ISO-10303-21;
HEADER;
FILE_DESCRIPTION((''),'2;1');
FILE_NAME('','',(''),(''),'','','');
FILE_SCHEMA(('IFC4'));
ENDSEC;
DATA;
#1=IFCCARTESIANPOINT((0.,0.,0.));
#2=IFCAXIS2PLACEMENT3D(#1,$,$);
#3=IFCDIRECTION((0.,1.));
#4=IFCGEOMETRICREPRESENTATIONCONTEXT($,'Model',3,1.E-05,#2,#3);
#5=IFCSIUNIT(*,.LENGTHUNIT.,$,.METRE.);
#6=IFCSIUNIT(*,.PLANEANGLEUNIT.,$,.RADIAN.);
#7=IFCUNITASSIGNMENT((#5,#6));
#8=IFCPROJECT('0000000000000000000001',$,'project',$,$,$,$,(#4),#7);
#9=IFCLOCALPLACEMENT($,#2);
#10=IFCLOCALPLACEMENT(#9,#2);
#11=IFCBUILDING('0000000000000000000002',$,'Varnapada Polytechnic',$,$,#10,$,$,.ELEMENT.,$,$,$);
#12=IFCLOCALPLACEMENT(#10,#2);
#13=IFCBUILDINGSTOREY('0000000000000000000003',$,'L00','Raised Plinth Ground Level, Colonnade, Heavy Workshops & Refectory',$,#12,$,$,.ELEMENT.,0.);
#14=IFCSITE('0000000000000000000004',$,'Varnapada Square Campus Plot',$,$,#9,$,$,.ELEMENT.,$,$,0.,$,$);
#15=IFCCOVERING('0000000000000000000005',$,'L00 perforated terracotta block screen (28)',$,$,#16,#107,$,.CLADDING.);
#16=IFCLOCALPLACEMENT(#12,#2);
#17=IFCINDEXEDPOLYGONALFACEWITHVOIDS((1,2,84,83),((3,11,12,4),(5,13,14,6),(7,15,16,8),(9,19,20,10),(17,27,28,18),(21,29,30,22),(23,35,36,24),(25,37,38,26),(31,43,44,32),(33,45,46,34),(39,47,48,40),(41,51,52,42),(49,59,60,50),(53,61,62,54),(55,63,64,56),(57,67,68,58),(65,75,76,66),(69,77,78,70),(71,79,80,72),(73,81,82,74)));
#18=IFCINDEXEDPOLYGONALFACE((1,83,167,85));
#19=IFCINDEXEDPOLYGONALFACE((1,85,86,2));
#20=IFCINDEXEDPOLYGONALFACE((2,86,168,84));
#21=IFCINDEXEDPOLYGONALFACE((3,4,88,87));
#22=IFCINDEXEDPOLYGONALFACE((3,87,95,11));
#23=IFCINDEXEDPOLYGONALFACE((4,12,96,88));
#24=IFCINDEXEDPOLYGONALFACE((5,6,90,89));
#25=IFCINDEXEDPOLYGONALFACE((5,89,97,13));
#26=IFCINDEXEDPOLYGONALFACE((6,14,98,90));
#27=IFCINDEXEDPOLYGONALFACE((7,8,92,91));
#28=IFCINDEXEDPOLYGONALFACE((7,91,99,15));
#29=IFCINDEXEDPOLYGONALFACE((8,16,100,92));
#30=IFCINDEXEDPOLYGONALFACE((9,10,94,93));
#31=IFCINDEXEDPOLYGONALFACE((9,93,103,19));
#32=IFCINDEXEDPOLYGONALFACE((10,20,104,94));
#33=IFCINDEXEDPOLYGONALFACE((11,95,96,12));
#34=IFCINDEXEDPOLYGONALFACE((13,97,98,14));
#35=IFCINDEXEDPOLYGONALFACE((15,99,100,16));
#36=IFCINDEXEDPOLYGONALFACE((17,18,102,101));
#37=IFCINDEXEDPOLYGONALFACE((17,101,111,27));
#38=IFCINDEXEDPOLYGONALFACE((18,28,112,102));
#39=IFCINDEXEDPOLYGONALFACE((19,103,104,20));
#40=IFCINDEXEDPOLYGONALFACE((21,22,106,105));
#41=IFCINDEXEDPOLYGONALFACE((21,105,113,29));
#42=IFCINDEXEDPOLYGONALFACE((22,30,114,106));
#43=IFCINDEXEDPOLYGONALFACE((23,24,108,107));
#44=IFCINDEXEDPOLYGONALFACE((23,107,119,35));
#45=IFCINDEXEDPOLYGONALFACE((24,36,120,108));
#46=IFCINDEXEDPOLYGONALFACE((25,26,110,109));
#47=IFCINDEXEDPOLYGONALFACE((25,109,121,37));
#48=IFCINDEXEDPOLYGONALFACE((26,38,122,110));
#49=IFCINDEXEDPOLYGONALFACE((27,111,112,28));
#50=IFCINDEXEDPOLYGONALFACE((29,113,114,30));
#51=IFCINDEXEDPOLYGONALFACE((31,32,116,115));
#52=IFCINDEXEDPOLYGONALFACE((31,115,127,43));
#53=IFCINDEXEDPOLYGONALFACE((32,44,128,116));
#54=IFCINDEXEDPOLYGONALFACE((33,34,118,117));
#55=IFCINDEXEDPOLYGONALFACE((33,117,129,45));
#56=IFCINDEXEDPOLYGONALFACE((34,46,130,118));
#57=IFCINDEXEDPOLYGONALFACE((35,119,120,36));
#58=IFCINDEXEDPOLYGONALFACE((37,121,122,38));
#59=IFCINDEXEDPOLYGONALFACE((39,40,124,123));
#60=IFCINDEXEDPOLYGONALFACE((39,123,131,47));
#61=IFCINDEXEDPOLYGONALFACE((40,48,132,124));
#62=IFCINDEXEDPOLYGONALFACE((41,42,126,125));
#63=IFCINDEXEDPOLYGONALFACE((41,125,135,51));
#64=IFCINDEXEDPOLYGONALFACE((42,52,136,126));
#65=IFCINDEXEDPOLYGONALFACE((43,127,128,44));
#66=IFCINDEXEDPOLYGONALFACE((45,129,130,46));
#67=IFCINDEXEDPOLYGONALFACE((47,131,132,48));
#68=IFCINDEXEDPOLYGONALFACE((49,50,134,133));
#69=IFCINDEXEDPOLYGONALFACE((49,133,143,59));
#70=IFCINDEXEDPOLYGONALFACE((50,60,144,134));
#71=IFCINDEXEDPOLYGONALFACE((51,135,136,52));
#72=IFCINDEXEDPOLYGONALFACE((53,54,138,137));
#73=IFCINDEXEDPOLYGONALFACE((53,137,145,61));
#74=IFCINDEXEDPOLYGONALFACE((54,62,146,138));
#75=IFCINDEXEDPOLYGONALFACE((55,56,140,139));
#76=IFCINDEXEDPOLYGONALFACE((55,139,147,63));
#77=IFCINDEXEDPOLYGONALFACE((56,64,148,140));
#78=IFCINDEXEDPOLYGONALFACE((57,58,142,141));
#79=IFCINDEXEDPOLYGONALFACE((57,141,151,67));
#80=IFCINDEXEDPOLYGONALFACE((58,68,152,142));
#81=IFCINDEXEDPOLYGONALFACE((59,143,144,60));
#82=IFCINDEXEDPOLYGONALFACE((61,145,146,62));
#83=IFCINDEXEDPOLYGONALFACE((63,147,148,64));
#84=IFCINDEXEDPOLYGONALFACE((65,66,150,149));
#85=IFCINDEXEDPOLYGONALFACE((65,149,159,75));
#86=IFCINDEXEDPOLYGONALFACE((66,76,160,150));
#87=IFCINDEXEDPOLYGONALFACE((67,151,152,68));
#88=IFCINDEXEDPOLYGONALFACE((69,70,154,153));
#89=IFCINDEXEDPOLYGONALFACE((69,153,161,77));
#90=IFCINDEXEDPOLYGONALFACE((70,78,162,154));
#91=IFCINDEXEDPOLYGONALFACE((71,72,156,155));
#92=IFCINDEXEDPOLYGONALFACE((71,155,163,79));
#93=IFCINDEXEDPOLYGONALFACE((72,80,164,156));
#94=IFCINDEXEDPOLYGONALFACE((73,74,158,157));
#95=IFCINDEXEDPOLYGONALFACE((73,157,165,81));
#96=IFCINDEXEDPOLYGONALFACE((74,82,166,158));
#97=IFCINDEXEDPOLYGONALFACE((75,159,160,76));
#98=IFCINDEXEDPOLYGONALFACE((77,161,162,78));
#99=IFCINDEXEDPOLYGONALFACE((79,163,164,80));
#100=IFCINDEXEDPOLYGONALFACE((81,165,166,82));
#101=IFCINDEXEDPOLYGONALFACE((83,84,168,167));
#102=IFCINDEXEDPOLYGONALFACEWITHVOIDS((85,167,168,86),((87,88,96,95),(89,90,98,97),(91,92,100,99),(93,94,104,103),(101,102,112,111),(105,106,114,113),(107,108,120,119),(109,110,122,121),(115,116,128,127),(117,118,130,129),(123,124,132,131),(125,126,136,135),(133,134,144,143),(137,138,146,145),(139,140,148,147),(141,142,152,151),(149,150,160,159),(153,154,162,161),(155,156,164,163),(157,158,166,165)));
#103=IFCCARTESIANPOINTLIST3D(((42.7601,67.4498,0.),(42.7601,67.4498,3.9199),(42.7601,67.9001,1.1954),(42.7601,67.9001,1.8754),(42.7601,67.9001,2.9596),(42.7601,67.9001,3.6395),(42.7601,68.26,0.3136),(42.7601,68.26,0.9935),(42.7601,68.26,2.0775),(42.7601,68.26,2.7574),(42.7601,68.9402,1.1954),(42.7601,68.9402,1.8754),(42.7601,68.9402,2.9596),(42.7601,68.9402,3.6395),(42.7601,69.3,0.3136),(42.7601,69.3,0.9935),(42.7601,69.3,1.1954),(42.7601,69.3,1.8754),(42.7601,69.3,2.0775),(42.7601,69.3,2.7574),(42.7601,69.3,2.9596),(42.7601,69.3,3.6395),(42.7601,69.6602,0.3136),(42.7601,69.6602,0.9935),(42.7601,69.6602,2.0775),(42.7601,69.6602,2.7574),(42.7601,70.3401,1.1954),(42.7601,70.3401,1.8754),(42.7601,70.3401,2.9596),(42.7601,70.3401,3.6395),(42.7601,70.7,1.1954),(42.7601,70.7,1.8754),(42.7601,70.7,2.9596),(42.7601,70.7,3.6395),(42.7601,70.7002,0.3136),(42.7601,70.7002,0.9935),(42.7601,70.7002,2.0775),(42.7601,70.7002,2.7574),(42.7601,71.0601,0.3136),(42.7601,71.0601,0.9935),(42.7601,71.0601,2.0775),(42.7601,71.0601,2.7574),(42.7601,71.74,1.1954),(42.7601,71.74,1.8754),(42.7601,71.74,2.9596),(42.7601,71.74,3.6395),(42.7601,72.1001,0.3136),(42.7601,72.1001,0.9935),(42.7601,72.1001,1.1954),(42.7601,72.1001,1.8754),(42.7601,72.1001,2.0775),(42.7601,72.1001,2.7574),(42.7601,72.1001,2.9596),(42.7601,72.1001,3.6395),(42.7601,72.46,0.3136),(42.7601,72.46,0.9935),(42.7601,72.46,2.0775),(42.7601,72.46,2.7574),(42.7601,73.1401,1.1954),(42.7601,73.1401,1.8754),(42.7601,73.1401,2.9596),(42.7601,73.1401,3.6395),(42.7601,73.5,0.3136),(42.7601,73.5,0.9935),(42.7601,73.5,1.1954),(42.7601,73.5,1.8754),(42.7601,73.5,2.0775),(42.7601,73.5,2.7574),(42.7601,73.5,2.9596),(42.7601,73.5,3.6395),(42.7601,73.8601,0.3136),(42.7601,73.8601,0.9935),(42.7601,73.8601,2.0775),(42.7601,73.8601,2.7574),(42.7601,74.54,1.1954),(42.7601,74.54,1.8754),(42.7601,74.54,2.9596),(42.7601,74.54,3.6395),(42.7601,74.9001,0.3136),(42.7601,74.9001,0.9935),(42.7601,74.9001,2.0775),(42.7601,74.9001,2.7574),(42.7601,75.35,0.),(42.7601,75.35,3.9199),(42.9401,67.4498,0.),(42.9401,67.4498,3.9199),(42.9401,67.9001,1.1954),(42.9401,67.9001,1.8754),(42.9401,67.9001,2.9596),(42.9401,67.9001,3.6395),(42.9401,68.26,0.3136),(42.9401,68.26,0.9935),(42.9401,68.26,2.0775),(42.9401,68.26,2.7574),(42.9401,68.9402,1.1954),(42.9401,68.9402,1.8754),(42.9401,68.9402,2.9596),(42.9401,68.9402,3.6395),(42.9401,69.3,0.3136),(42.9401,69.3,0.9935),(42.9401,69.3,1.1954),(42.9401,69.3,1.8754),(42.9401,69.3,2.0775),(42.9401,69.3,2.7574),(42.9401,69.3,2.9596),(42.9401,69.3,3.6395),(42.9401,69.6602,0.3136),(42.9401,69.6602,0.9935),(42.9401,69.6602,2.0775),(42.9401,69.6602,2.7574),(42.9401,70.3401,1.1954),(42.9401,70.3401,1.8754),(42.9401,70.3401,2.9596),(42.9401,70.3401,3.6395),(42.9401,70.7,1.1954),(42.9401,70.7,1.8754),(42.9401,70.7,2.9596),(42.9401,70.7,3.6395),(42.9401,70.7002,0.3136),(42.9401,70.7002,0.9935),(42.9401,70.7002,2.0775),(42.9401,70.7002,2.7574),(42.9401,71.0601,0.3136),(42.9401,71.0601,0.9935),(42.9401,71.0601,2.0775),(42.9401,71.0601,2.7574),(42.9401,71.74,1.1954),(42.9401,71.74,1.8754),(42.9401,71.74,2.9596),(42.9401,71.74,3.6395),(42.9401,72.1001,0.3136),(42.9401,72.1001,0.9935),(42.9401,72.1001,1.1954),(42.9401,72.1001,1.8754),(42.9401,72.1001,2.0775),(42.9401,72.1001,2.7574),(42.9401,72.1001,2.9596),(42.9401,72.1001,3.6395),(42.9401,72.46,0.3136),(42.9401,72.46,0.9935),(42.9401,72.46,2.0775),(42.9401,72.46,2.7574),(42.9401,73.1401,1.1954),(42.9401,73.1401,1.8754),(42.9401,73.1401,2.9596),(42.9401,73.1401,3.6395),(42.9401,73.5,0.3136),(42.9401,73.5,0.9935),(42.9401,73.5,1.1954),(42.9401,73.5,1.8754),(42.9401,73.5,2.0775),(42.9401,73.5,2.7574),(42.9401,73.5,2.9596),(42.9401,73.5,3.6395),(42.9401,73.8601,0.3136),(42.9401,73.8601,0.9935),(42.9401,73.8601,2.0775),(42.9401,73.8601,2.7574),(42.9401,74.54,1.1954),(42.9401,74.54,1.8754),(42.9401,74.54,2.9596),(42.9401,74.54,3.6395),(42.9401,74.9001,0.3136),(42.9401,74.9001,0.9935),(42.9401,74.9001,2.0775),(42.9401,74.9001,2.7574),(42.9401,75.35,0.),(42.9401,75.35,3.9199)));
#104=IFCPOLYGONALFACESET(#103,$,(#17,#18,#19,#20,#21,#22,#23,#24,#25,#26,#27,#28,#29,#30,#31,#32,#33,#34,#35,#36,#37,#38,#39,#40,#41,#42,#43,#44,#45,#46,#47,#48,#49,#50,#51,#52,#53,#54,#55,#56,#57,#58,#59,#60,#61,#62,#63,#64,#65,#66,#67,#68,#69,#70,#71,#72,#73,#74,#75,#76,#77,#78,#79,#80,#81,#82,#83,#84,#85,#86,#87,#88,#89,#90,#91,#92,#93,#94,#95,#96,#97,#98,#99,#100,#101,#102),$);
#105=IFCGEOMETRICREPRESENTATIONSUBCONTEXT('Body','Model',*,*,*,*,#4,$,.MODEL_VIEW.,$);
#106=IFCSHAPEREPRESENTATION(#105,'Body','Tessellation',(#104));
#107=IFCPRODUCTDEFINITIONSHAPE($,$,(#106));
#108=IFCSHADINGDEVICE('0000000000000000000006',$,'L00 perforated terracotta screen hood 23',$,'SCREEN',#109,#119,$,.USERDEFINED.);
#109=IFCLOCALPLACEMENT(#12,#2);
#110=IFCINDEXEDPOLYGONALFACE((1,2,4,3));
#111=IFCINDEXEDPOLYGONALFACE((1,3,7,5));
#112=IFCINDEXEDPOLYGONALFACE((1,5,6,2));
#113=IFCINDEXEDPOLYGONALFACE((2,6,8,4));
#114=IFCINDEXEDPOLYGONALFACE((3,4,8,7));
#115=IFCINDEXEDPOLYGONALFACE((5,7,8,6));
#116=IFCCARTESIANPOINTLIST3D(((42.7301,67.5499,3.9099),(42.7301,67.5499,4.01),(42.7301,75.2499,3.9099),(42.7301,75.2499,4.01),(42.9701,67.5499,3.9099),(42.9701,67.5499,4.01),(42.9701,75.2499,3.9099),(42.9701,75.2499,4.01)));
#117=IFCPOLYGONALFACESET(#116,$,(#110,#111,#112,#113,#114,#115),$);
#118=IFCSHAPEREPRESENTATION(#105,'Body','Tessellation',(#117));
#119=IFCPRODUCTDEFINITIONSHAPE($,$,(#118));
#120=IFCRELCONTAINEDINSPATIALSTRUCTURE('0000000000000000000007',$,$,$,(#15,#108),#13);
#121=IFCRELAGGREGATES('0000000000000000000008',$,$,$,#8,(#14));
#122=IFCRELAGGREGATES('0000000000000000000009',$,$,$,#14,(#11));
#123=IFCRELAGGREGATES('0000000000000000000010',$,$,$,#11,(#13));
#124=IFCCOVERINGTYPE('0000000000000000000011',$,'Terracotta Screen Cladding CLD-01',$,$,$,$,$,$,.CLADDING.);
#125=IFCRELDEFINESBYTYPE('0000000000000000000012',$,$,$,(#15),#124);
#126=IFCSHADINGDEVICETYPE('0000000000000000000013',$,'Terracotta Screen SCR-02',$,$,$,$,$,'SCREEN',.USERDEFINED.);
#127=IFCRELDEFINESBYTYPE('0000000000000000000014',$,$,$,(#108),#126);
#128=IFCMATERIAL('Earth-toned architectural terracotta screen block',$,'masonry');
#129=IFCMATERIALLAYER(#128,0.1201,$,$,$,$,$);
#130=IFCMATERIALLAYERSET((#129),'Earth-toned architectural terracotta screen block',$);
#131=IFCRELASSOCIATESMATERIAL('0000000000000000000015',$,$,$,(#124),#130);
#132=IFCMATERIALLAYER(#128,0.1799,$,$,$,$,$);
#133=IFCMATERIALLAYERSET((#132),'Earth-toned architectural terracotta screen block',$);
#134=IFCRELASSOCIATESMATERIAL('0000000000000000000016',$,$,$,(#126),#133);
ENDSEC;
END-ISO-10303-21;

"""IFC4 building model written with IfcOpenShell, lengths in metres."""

from ifc_helpers import new_model, si_unit, direction, frame, frame_2d, origin, origin_2d, place, context, subcontext, project, spatial, rectangle, extrude, material, layer, layer_set, type_object, element, save


model = new_model("IFC4")

# Units and contexts
model_context = context("Model", 3, precision=1e-05, world=origin(), true_north=direction((0.0, 1.0)))
body_context = subcontext(model_context, "Body", "Model", "MODEL_VIEW")
ifc_project = project(units=[si_unit("LENGTHUNIT", "METRE"), si_unit("PLANEANGLEUNIT", "RADIAN")], contexts=[model_context])

# Site, building, storey
site_placement = place(None, origin())
site = spatial("IfcSite", under=ifc_project, at=site_placement, Name="Varnapada Square Campus Plot", CompositionType="ELEMENT", RefElevation=0.0)
building_placement = place(site_placement, origin())
building = spatial("IfcBuilding", under=site, at=building_placement, Name="Varnapada Polytechnic", CompositionType="ELEMENT")
storey_placement = place(building_placement, origin())
storey = spatial("IfcBuildingStorey", under=building, at=storey_placement, Name="L00", Description="Raised Plinth Ground Level, Colonnade, Heavy Workshops & Refectory", CompositionType="ELEMENT", Elevation=0.0)

# Covering, openings
ifc_material_1 = material(Name="Earth-toned architectural terracotta screen block", Category="masonry")
ifc_layer_1 = layer(ifc_material_1, 0.1201)
ifc_layer_set_1 = layer_set([ifc_layer_1], Name="Earth-toned architectural terracotta screen block")
covering_type = type_object("IfcCoveringType", Name="Terracotta Screen Cladding CLD-01", PredefinedType="CLADDING", material=ifc_layer_set_1)
covering_placement = place(storey_placement, frame((42.8501, 75.3501, 0.0), z_axis=(0.0, 0.0, 1.0), x_axis=(0.0, -1.0, 0.0)))
covering = element("IfcCovering", 1, at=covering_placement, inside=storey, type_object=covering_type, Name="L00 perforated terracotta block screen (28)", PredefinedType="CLADDING", context=body_context, shape_type="SweptSolid", body=[
    extrude(rectangle(XDim=7.9001, YDim=0.1799, at=frame_2d((3.9502, 0.0))), origin(), (0.0, 0.0, 1.0), 3.9199),
])
opening_1_placement = place(covering_placement, frame((0.45, 0.0, 0.3137)))
element("IfcOpeningElement", 2, at=opening_1_placement, cuts=covering, PredefinedType="OPENING", context=body_context, shape_type="SweptSolid", body=[
    extrude(rectangle(XDim=1.04, YDim=0.6799, at=frame_2d((0.52, 0.3398))), frame((0.0, 0.0999, 0.0), z_axis=(0.0, -1.0, 0.0), x_axis=(1.0, 0.0, 0.0)), (0.0, 0.0, 1.0), 0.2),
])
opening_2_placement = place(covering_placement, frame((1.8501, 0.0, 0.3137)))
element("IfcOpeningElement", 3, at=opening_2_placement, cuts=covering, PredefinedType="OPENING", context=body_context, shape_type="SweptSolid", body=[
    extrude(rectangle(XDim=1.04, YDim=0.6799, at=frame_2d((0.52, 0.3398))), frame((0.0, 0.0999, 0.0), z_axis=(0.0, -1.0, 0.0), x_axis=(1.0, 0.0, 0.0)), (0.0, 0.0, 1.0), 0.2),
])
opening_3_placement = place(covering_placement, frame((3.25, 0.0, 0.3137)))
element("IfcOpeningElement", 4, at=opening_3_placement, cuts=covering, PredefinedType="OPENING", context=body_context, shape_type="SweptSolid", body=[
    extrude(rectangle(XDim=1.04, YDim=0.6799, at=frame_2d((0.52, 0.3398))), frame((0.0, 0.0999, 0.0), z_axis=(0.0, -1.0, 0.0), x_axis=(1.0, 0.0, 0.0)), (0.0, 0.0, 1.0), 0.2),
])
opening_4_placement = place(covering_placement, frame((4.6499, 0.0, 0.3137)))
element("IfcOpeningElement", 5, at=opening_4_placement, cuts=covering, PredefinedType="OPENING", context=body_context, shape_type="SweptSolid", body=[
    extrude(rectangle(XDim=1.04, YDim=0.6799, at=frame_2d((0.52, 0.3398))), frame((0.0, 0.0999, 0.0), z_axis=(0.0, -1.0, 0.0), x_axis=(1.0, 0.0, 0.0)), (0.0, 0.0, 1.0), 0.2),
])
opening_5_placement = place(covering_placement, frame((6.05, 0.0, 0.3137)))
element("IfcOpeningElement", 6, at=opening_5_placement, cuts=covering, PredefinedType="OPENING", context=body_context, shape_type="SweptSolid", body=[
    extrude(rectangle(XDim=1.04, YDim=0.6799, at=frame_2d((0.52, 0.3398))), frame((0.0, 0.0999, 0.0), z_axis=(0.0, -1.0, 0.0), x_axis=(1.0, 0.0, 0.0)), (0.0, 0.0, 1.0), 0.2),
])
opening_6_placement = place(covering_placement, frame((0.8101, 0.0, 1.1956)))
element("IfcOpeningElement", 7, at=opening_6_placement, cuts=covering, PredefinedType="OPENING", context=body_context, shape_type="SweptSolid", body=[
    extrude(rectangle(XDim=1.04, YDim=0.6799, at=frame_2d((0.52, 0.3398))), frame((0.0, 0.0999, 0.0), z_axis=(0.0, -1.0, 0.0), x_axis=(1.0, 0.0, 0.0)), (0.0, 0.0, 1.0), 0.2),
])
opening_7_placement = place(covering_placement, frame((2.21, 0.0, 1.1956)))
element("IfcOpeningElement", 8, at=opening_7_placement, cuts=covering, PredefinedType="OPENING", context=body_context, shape_type="SweptSolid", body=[
    extrude(rectangle(XDim=1.04, YDim=0.6799, at=frame_2d((0.52, 0.3398))), frame((0.0, 0.0999, 0.0), z_axis=(0.0, -1.0, 0.0), x_axis=(1.0, 0.0, 0.0)), (0.0, 0.0, 1.0), 0.2),
])
opening_8_placement = place(covering_placement, frame((3.6101, 0.0, 1.1956)))
element("IfcOpeningElement", 9, at=opening_8_placement, cuts=covering, PredefinedType="OPENING", context=body_context, shape_type="SweptSolid", body=[
    extrude(rectangle(XDim=1.04, YDim=0.6799, at=frame_2d((0.52, 0.3398))), frame((0.0, 0.0999, 0.0), z_axis=(0.0, -1.0, 0.0), x_axis=(1.0, 0.0, 0.0)), (0.0, 0.0, 1.0), 0.2),
])
opening_9_placement = place(covering_placement, frame((5.01, 0.0, 1.1956)))
element("IfcOpeningElement", 10, at=opening_9_placement, cuts=covering, PredefinedType="OPENING", context=body_context, shape_type="SweptSolid", body=[
    extrude(rectangle(XDim=1.04, YDim=0.6799, at=frame_2d((0.52, 0.3398))), frame((0.0, 0.0999, 0.0), z_axis=(0.0, -1.0, 0.0), x_axis=(1.0, 0.0, 0.0)), (0.0, 0.0, 1.0), 0.2),
])
opening_10_placement = place(covering_placement, frame((6.4099, 0.0, 1.1956)))
element("IfcOpeningElement", 11, at=opening_10_placement, cuts=covering, PredefinedType="OPENING", context=body_context, shape_type="SweptSolid", body=[
    extrude(rectangle(XDim=1.04, YDim=0.6799, at=frame_2d((0.52, 0.3398))), frame((0.0, 0.0999, 0.0), z_axis=(0.0, -1.0, 0.0), x_axis=(1.0, 0.0, 0.0)), (0.0, 0.0, 1.0), 0.2),
])
opening_11_placement = place(covering_placement, frame((0.45, 0.0, 2.0776)))
element("IfcOpeningElement", 12, at=opening_11_placement, cuts=covering, PredefinedType="OPENING", context=body_context, shape_type="SweptSolid", body=[
    extrude(rectangle(XDim=1.04, YDim=0.6799, at=frame_2d((0.52, 0.3398))), frame((0.0, 0.0999, 0.0), z_axis=(0.0, -1.0, 0.0), x_axis=(1.0, 0.0, 0.0)), (0.0, 0.0, 1.0), 0.2),
])
opening_12_placement = place(covering_placement, frame((1.8501, 0.0, 2.0776)))
element("IfcOpeningElement", 13, at=opening_12_placement, cuts=covering, PredefinedType="OPENING", context=body_context, shape_type="SweptSolid", body=[
    extrude(rectangle(XDim=1.04, YDim=0.6799, at=frame_2d((0.52, 0.3398))), frame((0.0, 0.0999, 0.0), z_axis=(0.0, -1.0, 0.0), x_axis=(1.0, 0.0, 0.0)), (0.0, 0.0, 1.0), 0.2),
])
opening_13_placement = place(covering_placement, frame((3.25, 0.0, 2.0776)))
element("IfcOpeningElement", 14, at=opening_13_placement, cuts=covering, PredefinedType="OPENING", context=body_context, shape_type="SweptSolid", body=[
    extrude(rectangle(XDim=1.04, YDim=0.6799, at=frame_2d((0.52, 0.3398))), frame((0.0, 0.0999, 0.0), z_axis=(0.0, -1.0, 0.0), x_axis=(1.0, 0.0, 0.0)), (0.0, 0.0, 1.0), 0.2),
])
opening_14_placement = place(covering_placement, frame((4.6499, 0.0, 2.0776)))
element("IfcOpeningElement", 15, at=opening_14_placement, cuts=covering, PredefinedType="OPENING", context=body_context, shape_type="SweptSolid", body=[
    extrude(rectangle(XDim=1.04, YDim=0.6799, at=frame_2d((0.52, 0.3398))), frame((0.0, 0.0999, 0.0), z_axis=(0.0, -1.0, 0.0), x_axis=(1.0, 0.0, 0.0)), (0.0, 0.0, 1.0), 0.2),
])
opening_15_placement = place(covering_placement, frame((6.05, 0.0, 2.0776)))
element("IfcOpeningElement", 16, at=opening_15_placement, cuts=covering, PredefinedType="OPENING", context=body_context, shape_type="SweptSolid", body=[
    extrude(rectangle(XDim=1.04, YDim=0.6799, at=frame_2d((0.52, 0.3398))), frame((0.0, 0.0999, 0.0), z_axis=(0.0, -1.0, 0.0), x_axis=(1.0, 0.0, 0.0)), (0.0, 0.0, 1.0), 0.2),
])
opening_16_placement = place(covering_placement, frame((0.8101, 0.0, 2.9597)))
element("IfcOpeningElement", 17, at=opening_16_placement, cuts=covering, PredefinedType="OPENING", context=body_context, shape_type="SweptSolid", body=[
    extrude(rectangle(XDim=1.04, YDim=0.6799, at=frame_2d((0.52, 0.3398))), frame((0.0, 0.0999, 0.0), z_axis=(0.0, -1.0, 0.0), x_axis=(1.0, 0.0, 0.0)), (0.0, 0.0, 1.0), 0.2),
])
opening_17_placement = place(covering_placement, frame((2.21, 0.0, 2.9597)))
element("IfcOpeningElement", 18, at=opening_17_placement, cuts=covering, PredefinedType="OPENING", context=body_context, shape_type="SweptSolid", body=[
    extrude(rectangle(XDim=1.04, YDim=0.6799, at=frame_2d((0.52, 0.3398))), frame((0.0, 0.0999, 0.0), z_axis=(0.0, -1.0, 0.0), x_axis=(1.0, 0.0, 0.0)), (0.0, 0.0, 1.0), 0.2),
])
opening_18_placement = place(covering_placement, frame((3.6101, 0.0, 2.9597)))
element("IfcOpeningElement", 19, at=opening_18_placement, cuts=covering, PredefinedType="OPENING", context=body_context, shape_type="SweptSolid", body=[
    extrude(rectangle(XDim=1.04, YDim=0.6799, at=frame_2d((0.52, 0.3398))), frame((0.0, 0.0999, 0.0), z_axis=(0.0, -1.0, 0.0), x_axis=(1.0, 0.0, 0.0)), (0.0, 0.0, 1.0), 0.2),
])
opening_19_placement = place(covering_placement, frame((5.01, 0.0, 2.9597)))
element("IfcOpeningElement", 20, at=opening_19_placement, cuts=covering, PredefinedType="OPENING", context=body_context, shape_type="SweptSolid", body=[
    extrude(rectangle(XDim=1.04, YDim=0.6799, at=frame_2d((0.52, 0.3398))), frame((0.0, 0.0999, 0.0), z_axis=(0.0, -1.0, 0.0), x_axis=(1.0, 0.0, 0.0)), (0.0, 0.0, 1.0), 0.2),
])
opening_20_placement = place(covering_placement, frame((6.4099, 0.0, 2.9597)))
element("IfcOpeningElement", 21, at=opening_20_placement, cuts=covering, PredefinedType="OPENING", context=body_context, shape_type="SweptSolid", body=[
    extrude(rectangle(XDim=1.04, YDim=0.6799, at=frame_2d((0.52, 0.3398))), frame((0.0, 0.0999, 0.0), z_axis=(0.0, -1.0, 0.0), x_axis=(1.0, 0.0, 0.0)), (0.0, 0.0, 1.0), 0.2),
])

# Shading device
ifc_layer_2 = layer(ifc_material_1, 0.1799)
ifc_layer_set_2 = layer_set([ifc_layer_2], Name="Earth-toned architectural terracotta screen block")
shading_device_type = type_object("IfcShadingDeviceType", Name="Terracotta Screen SCR-02", ElementType="SCREEN", PredefinedType="USERDEFINED", material=ifc_layer_set_2)
shading_device_placement = place(storey_placement, frame((42.8501, 71.3999, 3.9099), z_axis=(0.0, 0.0, 1.0), x_axis=(0.0, -1.0, 0.0)))
element("IfcShadingDevice", 22, at=shading_device_placement, inside=storey, type_object=shading_device_type, Name="L00 perforated terracotta screen hood 23", ObjectType="SCREEN", PredefinedType="USERDEFINED", context=body_context, shape_type="SweptSolid", body=[
    extrude(rectangle(XDim=7.7, YDim=0.24, at=origin_2d()), origin(), (0.0, 0.0, 1.0), 0.1001),
])

save(model, "model.ifc")
